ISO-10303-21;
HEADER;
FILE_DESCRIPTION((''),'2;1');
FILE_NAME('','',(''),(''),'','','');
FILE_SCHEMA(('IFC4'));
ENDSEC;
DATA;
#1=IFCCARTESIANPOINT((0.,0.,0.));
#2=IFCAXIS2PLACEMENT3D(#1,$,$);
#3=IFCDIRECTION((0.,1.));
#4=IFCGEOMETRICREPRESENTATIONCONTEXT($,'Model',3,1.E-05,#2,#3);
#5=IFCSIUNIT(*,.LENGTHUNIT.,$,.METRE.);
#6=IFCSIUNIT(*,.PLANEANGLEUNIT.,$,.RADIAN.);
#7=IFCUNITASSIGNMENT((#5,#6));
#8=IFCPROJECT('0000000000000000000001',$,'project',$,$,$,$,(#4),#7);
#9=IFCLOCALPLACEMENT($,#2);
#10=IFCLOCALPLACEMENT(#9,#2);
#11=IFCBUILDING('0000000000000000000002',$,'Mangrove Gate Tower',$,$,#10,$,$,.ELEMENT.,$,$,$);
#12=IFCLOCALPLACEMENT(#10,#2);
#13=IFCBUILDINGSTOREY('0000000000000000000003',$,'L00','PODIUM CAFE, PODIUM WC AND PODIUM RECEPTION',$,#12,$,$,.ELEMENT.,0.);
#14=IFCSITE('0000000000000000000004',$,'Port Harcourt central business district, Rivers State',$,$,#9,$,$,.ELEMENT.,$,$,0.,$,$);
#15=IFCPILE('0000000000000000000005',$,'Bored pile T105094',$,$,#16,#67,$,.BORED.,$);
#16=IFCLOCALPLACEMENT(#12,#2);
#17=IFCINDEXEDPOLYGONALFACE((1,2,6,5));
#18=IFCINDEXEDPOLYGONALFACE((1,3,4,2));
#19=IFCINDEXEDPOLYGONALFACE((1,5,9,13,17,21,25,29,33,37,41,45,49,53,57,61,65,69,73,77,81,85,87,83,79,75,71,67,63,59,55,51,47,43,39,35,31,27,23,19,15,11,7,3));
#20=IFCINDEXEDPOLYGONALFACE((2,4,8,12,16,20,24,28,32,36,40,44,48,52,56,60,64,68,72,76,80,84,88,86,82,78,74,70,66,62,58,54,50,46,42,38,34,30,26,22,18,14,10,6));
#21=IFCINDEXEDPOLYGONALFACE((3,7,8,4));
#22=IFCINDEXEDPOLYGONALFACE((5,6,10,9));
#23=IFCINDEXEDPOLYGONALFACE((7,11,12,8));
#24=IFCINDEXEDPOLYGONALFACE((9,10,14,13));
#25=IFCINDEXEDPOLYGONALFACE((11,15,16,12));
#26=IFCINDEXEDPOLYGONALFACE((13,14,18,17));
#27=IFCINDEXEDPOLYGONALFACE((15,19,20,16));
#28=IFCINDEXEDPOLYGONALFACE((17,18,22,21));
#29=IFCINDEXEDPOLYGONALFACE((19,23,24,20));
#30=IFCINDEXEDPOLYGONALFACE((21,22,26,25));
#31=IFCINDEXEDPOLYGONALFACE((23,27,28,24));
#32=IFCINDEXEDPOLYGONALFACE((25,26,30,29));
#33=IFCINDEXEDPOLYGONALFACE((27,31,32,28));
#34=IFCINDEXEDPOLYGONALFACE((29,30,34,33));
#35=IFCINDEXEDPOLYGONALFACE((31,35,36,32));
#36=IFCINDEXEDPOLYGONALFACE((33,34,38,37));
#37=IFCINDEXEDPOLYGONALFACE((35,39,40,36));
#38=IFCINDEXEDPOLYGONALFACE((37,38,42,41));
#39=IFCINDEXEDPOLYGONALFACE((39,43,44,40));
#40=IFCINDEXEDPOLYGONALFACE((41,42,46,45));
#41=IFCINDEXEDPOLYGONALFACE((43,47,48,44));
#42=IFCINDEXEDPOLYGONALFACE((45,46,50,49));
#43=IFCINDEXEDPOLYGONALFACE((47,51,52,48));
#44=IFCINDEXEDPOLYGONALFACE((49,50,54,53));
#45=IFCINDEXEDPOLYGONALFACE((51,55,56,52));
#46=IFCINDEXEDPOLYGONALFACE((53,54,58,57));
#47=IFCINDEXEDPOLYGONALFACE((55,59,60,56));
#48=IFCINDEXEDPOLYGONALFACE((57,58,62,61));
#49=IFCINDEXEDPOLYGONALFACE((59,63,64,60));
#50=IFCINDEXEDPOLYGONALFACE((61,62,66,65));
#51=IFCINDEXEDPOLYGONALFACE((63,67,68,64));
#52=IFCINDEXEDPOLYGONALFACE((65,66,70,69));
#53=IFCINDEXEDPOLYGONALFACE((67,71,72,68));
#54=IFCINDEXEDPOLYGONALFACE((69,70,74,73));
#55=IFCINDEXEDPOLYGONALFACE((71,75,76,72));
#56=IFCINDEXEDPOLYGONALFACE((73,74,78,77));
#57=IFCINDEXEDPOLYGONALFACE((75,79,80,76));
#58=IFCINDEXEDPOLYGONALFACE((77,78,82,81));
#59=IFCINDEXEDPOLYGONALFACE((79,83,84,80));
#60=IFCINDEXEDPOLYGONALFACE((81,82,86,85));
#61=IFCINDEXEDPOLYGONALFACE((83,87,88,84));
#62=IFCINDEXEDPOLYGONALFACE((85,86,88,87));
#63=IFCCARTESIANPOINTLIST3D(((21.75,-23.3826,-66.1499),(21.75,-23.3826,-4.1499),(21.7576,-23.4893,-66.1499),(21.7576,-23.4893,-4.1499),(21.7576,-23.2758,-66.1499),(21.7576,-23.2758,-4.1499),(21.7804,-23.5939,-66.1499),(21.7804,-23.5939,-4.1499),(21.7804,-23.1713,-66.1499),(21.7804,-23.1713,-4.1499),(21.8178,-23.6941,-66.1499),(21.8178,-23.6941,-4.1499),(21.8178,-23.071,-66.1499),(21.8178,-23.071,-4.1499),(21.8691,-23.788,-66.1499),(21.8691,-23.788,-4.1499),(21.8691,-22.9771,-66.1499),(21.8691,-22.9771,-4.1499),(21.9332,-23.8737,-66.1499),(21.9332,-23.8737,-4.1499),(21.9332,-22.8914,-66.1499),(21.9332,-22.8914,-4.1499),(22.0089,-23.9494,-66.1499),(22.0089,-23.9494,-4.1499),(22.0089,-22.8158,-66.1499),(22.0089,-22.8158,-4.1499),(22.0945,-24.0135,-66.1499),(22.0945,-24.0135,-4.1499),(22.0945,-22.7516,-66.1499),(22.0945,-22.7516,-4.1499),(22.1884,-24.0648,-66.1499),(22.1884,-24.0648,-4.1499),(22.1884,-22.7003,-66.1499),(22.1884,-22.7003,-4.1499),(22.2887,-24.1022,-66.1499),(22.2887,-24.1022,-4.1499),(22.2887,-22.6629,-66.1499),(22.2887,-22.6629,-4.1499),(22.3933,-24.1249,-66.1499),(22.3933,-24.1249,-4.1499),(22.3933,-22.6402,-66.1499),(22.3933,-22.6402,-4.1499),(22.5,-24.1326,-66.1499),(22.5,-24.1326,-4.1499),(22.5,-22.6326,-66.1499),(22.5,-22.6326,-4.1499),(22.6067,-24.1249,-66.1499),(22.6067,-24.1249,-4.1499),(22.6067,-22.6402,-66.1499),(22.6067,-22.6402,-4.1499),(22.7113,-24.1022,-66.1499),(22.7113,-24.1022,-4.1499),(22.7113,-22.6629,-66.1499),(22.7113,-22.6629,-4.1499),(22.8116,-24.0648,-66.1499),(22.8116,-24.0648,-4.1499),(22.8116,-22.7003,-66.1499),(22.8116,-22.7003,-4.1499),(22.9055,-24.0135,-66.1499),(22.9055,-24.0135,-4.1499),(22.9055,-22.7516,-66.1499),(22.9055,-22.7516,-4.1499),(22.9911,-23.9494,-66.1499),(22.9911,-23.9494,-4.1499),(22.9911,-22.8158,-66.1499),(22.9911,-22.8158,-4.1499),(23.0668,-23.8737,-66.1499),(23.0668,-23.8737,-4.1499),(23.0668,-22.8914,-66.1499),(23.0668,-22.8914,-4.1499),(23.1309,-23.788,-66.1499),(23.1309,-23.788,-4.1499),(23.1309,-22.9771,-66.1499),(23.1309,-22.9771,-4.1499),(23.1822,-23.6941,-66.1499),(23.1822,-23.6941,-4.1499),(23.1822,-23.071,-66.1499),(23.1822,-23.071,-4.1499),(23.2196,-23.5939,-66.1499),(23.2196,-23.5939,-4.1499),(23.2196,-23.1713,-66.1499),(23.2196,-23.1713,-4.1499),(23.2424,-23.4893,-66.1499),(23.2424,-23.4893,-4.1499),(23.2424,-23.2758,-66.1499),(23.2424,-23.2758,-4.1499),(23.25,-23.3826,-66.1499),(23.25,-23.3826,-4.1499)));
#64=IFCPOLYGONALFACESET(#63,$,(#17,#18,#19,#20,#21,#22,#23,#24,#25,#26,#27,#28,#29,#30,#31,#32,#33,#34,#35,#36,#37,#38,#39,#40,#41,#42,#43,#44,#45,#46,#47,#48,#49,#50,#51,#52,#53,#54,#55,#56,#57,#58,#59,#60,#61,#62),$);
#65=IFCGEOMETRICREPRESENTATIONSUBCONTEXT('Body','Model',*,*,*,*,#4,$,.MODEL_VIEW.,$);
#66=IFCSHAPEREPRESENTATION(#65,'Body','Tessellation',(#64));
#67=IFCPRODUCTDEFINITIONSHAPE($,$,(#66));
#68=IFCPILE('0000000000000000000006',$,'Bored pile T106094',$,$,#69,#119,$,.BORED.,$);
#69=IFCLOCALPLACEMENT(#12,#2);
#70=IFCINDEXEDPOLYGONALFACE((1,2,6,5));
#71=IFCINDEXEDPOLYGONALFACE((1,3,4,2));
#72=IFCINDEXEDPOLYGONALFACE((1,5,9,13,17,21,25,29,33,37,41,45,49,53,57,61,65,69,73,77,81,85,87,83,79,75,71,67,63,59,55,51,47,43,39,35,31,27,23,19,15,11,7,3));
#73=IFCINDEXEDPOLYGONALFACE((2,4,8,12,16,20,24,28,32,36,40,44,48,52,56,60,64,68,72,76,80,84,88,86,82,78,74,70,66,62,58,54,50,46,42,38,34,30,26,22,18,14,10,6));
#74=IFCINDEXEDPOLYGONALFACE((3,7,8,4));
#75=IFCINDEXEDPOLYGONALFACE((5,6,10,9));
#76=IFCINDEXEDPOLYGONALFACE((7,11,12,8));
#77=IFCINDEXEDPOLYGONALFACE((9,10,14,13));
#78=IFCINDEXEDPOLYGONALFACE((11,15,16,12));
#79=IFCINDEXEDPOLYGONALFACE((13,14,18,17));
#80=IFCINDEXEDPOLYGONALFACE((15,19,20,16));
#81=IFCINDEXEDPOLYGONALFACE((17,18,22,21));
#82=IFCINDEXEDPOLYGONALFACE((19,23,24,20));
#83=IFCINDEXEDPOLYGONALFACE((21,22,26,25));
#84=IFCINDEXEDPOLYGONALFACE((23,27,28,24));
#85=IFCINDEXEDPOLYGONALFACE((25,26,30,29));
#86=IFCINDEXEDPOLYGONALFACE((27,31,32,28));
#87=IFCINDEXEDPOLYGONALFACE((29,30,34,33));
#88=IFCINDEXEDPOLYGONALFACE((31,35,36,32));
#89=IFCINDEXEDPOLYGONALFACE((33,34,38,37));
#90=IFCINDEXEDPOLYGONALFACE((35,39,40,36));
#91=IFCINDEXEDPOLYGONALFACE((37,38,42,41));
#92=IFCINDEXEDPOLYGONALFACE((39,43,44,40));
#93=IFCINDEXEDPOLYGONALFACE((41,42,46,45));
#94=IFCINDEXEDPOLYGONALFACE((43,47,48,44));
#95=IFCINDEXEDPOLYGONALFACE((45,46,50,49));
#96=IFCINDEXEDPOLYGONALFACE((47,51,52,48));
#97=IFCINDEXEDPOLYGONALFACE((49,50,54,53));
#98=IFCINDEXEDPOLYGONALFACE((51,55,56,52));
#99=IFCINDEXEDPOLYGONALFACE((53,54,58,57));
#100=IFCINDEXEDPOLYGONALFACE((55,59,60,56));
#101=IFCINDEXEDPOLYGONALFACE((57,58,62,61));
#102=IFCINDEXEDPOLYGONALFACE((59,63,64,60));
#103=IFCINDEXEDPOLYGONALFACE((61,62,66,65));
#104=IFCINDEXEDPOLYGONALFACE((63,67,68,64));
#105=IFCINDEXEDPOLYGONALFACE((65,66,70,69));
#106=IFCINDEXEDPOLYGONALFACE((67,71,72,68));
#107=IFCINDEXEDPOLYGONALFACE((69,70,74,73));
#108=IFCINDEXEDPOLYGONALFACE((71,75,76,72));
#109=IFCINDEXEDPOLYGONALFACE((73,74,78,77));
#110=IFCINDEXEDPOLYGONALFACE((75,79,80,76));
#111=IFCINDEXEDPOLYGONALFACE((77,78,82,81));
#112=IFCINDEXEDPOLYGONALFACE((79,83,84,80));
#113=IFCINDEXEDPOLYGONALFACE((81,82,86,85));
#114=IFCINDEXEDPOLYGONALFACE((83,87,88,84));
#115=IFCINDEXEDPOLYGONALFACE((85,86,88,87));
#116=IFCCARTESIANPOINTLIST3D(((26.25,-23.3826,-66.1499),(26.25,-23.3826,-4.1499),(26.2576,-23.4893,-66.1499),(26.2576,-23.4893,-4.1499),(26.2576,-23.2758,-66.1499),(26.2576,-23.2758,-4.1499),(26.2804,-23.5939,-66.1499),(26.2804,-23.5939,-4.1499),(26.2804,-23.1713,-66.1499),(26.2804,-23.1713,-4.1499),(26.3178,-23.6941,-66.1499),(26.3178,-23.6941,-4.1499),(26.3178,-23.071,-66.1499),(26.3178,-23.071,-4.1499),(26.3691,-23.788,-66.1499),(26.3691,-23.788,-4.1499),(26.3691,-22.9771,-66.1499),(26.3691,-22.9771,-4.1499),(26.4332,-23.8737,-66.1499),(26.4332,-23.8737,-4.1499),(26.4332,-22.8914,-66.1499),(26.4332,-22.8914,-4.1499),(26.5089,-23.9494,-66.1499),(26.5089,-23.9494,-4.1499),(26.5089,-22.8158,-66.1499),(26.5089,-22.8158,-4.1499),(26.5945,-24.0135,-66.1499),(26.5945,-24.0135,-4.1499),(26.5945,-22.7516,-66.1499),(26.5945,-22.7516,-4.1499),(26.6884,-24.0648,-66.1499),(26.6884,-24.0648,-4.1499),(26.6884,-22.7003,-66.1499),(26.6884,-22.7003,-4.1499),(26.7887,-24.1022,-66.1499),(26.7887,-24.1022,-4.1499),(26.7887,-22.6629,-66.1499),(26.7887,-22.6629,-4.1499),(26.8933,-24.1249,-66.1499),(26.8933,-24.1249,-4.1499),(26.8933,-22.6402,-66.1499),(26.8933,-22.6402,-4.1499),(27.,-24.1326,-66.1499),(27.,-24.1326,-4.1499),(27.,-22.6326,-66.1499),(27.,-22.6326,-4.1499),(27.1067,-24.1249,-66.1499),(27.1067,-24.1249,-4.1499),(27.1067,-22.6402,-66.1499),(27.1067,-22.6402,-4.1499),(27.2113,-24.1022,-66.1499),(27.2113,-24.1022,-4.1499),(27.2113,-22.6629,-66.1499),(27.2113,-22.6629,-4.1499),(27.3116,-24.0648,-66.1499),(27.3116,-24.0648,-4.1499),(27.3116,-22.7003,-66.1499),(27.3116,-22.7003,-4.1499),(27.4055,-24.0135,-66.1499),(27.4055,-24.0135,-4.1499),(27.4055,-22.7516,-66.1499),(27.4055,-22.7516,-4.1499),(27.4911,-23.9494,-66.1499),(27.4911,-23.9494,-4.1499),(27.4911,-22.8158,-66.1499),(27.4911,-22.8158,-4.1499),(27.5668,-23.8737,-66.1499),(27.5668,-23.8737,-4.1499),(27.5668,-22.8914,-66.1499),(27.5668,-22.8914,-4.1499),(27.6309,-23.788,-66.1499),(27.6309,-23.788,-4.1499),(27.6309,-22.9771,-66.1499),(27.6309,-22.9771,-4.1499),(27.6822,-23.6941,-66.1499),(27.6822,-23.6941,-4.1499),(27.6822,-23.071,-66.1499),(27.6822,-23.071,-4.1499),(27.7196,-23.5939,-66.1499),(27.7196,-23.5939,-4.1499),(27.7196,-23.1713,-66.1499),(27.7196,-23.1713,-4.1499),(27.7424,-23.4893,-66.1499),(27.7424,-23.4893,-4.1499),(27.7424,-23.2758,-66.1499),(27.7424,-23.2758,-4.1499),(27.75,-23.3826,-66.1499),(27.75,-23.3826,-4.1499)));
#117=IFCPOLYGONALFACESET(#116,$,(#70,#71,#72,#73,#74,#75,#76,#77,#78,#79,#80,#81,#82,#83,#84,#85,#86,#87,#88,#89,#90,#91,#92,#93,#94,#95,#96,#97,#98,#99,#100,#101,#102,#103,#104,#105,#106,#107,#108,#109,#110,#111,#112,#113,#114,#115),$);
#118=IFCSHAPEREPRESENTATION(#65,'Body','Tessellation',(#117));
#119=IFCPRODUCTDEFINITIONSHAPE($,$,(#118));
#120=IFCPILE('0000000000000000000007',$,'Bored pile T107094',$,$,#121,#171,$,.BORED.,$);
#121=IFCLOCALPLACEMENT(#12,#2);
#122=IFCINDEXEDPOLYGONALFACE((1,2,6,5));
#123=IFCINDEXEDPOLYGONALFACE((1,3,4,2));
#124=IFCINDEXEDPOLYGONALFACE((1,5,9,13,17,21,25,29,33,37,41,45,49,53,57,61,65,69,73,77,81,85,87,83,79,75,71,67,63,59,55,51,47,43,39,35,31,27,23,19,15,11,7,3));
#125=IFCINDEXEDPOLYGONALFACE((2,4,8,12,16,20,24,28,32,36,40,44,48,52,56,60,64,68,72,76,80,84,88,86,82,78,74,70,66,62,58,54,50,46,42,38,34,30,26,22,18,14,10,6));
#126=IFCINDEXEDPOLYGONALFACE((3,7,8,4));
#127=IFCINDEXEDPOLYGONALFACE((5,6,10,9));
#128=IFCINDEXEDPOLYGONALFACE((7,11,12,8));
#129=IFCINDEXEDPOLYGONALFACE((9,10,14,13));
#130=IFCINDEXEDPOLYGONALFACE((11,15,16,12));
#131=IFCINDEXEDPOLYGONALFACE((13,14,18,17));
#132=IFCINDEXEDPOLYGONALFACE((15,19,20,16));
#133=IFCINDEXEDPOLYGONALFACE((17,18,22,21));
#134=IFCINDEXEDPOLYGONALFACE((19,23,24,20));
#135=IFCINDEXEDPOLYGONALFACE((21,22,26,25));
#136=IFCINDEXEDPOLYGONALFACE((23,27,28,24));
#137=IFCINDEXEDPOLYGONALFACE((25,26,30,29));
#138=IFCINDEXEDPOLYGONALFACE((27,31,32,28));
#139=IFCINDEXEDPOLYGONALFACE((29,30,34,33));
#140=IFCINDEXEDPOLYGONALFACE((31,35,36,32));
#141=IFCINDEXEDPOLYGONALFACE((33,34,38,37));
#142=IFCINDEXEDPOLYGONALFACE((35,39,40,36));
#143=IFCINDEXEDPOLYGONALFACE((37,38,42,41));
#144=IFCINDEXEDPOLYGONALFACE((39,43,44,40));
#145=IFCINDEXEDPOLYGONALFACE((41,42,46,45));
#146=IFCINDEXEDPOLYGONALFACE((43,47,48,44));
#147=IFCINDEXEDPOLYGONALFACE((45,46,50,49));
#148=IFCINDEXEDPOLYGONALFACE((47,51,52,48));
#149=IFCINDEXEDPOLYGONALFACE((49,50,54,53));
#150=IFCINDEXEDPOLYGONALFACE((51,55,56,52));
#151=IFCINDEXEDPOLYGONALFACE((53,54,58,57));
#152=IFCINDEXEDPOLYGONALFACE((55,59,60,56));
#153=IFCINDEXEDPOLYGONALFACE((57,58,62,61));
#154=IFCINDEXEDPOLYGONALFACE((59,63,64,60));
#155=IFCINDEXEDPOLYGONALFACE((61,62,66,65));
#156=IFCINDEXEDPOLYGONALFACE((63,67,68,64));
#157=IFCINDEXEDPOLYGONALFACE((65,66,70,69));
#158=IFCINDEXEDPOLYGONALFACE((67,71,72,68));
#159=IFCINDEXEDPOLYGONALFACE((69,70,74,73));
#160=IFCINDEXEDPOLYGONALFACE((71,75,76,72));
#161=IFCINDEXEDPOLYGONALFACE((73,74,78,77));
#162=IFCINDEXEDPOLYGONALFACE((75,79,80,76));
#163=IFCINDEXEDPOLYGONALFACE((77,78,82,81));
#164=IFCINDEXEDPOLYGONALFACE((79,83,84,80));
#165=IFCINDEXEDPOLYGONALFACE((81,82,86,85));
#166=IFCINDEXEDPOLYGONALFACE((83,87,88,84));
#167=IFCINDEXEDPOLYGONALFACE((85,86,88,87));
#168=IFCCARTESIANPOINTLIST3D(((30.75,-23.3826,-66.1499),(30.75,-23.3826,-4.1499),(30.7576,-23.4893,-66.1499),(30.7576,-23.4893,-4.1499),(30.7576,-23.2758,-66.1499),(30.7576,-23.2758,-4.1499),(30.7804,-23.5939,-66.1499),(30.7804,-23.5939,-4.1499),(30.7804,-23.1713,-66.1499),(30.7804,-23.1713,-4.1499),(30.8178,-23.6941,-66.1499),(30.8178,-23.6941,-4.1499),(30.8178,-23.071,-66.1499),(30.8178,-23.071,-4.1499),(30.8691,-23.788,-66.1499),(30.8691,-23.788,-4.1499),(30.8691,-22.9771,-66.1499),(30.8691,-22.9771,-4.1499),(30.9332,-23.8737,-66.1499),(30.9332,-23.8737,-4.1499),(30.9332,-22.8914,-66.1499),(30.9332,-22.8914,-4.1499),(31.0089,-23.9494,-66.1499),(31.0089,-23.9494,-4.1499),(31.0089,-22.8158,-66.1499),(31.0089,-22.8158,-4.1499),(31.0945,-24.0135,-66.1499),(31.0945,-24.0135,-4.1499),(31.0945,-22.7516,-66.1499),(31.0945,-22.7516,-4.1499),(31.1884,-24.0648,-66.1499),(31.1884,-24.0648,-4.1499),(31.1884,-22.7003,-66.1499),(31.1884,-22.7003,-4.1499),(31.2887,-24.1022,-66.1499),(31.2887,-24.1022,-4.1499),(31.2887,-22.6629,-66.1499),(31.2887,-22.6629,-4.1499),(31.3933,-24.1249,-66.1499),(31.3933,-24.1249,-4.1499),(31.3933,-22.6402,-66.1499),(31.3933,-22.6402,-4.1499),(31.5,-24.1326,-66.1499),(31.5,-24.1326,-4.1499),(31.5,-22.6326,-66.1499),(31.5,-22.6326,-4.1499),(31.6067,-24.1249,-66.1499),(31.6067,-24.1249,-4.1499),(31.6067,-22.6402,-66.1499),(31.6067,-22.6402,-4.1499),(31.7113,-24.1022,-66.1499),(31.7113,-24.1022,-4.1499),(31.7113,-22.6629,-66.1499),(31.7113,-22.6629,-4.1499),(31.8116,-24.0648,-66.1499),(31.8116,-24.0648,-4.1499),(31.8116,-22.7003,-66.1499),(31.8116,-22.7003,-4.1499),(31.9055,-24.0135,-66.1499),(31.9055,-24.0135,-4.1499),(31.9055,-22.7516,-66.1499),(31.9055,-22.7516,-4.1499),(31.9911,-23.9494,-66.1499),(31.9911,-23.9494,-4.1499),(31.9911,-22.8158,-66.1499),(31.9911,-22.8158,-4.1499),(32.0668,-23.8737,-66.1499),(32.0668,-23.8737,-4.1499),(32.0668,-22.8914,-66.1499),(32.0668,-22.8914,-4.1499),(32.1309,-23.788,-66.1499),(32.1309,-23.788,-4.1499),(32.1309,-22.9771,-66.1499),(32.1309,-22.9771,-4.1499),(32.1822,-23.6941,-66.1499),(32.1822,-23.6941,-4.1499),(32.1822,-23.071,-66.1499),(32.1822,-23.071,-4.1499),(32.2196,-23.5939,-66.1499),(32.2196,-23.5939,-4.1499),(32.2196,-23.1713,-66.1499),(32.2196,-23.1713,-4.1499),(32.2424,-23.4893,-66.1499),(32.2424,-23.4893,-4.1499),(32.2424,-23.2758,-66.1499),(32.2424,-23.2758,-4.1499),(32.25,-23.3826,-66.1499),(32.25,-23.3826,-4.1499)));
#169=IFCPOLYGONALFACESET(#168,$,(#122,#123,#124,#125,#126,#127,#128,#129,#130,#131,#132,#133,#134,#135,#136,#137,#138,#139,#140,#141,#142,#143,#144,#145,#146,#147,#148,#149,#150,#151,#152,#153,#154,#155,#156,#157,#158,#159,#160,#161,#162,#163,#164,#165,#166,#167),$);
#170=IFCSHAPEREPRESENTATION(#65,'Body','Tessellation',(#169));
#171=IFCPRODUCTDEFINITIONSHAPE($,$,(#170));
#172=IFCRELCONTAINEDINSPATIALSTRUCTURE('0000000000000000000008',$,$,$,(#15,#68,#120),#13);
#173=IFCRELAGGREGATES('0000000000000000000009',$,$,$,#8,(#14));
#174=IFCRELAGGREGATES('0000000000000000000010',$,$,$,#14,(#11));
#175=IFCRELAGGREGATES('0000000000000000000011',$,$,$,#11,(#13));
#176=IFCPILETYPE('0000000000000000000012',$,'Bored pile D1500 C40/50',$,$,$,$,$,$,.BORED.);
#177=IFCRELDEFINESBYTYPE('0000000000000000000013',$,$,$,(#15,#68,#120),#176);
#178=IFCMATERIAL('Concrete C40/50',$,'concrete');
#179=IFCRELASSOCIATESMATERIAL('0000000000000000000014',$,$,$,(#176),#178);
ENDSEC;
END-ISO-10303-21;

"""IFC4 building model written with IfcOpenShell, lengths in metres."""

from ifc_helpers import new_model, si_unit, direction, frame, origin, origin_2d, place, context, subcontext, project, spatial, circle, extrude, material, material_profile, profile_set, type_object, element, save


model = new_model("IFC4")

# Units and contexts
model_context = context("Model", 3, precision=1e-05, world=origin(), true_north=direction((0.0, 1.0)))
body_context = subcontext(model_context, "Body", "Model", "MODEL_VIEW")
ifc_project = project(units=[si_unit("LENGTHUNIT", "METRE"), si_unit("PLANEANGLEUNIT", "RADIAN")], contexts=[model_context])

# Site, building, storey
site_placement = place(None, origin())
site = spatial("IfcSite", under=ifc_project, at=site_placement, Name="Port Harcourt central business district, Rivers State", CompositionType="ELEMENT", RefElevation=0.0)
building_placement = place(site_placement, origin())
building = spatial("IfcBuilding", under=site, at=building_placement, Name="Mangrove Gate Tower", CompositionType="ELEMENT")
storey_placement = place(building_placement, origin())
storey = spatial("IfcBuildingStorey", under=building, at=storey_placement, Name="L00", Description="PODIUM CAFE, PODIUM WC AND PODIUM RECEPTION", CompositionType="ELEMENT", Elevation=0.0)

# Piles
ifc_material_1 = material(Name="Concrete C40/50", Category="concrete")
ifc_material_profile_1 = material_profile(ifc_material_1, circle(Radius=0.75, at=origin_2d()))
ifc_profile_set_1 = profile_set([ifc_material_profile_1], Name="Concrete C40/50")
pile_type = type_object("IfcPileType", Name="Bored pile D1500 C40/50", PredefinedType="BORED", material=ifc_profile_set_1)
for number, where, z_axis, x_axis, name in (
    (1, (22.5, -23.3826, -4.1499), (0.0, 0.0, -1.0), (1.0, 0.0, 0.0), "Bored pile T105094"),
    (2, (27.0, -23.3826, -4.1499), (0.0, 0.0, -1.0), (1.0, 0.0, 0.0), "Bored pile T106094"),
    (3, (31.5, -23.3826, -4.1499), (0.0, 0.0, -1.0), (1.0, 0.0, 0.0), "Bored pile T107094"),
):
    element("IfcPile", number, at=place(storey_placement, frame(where, z_axis=z_axis, x_axis=x_axis)), inside=storey, type_object=pile_type, Name=name, PredefinedType="BORED", context=body_context, shape_type="SweptSolid", body=[
        extrude(circle(Radius=0.75, at=origin_2d()), origin(), (0.0, 0.0, 1.0), 62.0),
    ])

save(model, "model.ifc")
